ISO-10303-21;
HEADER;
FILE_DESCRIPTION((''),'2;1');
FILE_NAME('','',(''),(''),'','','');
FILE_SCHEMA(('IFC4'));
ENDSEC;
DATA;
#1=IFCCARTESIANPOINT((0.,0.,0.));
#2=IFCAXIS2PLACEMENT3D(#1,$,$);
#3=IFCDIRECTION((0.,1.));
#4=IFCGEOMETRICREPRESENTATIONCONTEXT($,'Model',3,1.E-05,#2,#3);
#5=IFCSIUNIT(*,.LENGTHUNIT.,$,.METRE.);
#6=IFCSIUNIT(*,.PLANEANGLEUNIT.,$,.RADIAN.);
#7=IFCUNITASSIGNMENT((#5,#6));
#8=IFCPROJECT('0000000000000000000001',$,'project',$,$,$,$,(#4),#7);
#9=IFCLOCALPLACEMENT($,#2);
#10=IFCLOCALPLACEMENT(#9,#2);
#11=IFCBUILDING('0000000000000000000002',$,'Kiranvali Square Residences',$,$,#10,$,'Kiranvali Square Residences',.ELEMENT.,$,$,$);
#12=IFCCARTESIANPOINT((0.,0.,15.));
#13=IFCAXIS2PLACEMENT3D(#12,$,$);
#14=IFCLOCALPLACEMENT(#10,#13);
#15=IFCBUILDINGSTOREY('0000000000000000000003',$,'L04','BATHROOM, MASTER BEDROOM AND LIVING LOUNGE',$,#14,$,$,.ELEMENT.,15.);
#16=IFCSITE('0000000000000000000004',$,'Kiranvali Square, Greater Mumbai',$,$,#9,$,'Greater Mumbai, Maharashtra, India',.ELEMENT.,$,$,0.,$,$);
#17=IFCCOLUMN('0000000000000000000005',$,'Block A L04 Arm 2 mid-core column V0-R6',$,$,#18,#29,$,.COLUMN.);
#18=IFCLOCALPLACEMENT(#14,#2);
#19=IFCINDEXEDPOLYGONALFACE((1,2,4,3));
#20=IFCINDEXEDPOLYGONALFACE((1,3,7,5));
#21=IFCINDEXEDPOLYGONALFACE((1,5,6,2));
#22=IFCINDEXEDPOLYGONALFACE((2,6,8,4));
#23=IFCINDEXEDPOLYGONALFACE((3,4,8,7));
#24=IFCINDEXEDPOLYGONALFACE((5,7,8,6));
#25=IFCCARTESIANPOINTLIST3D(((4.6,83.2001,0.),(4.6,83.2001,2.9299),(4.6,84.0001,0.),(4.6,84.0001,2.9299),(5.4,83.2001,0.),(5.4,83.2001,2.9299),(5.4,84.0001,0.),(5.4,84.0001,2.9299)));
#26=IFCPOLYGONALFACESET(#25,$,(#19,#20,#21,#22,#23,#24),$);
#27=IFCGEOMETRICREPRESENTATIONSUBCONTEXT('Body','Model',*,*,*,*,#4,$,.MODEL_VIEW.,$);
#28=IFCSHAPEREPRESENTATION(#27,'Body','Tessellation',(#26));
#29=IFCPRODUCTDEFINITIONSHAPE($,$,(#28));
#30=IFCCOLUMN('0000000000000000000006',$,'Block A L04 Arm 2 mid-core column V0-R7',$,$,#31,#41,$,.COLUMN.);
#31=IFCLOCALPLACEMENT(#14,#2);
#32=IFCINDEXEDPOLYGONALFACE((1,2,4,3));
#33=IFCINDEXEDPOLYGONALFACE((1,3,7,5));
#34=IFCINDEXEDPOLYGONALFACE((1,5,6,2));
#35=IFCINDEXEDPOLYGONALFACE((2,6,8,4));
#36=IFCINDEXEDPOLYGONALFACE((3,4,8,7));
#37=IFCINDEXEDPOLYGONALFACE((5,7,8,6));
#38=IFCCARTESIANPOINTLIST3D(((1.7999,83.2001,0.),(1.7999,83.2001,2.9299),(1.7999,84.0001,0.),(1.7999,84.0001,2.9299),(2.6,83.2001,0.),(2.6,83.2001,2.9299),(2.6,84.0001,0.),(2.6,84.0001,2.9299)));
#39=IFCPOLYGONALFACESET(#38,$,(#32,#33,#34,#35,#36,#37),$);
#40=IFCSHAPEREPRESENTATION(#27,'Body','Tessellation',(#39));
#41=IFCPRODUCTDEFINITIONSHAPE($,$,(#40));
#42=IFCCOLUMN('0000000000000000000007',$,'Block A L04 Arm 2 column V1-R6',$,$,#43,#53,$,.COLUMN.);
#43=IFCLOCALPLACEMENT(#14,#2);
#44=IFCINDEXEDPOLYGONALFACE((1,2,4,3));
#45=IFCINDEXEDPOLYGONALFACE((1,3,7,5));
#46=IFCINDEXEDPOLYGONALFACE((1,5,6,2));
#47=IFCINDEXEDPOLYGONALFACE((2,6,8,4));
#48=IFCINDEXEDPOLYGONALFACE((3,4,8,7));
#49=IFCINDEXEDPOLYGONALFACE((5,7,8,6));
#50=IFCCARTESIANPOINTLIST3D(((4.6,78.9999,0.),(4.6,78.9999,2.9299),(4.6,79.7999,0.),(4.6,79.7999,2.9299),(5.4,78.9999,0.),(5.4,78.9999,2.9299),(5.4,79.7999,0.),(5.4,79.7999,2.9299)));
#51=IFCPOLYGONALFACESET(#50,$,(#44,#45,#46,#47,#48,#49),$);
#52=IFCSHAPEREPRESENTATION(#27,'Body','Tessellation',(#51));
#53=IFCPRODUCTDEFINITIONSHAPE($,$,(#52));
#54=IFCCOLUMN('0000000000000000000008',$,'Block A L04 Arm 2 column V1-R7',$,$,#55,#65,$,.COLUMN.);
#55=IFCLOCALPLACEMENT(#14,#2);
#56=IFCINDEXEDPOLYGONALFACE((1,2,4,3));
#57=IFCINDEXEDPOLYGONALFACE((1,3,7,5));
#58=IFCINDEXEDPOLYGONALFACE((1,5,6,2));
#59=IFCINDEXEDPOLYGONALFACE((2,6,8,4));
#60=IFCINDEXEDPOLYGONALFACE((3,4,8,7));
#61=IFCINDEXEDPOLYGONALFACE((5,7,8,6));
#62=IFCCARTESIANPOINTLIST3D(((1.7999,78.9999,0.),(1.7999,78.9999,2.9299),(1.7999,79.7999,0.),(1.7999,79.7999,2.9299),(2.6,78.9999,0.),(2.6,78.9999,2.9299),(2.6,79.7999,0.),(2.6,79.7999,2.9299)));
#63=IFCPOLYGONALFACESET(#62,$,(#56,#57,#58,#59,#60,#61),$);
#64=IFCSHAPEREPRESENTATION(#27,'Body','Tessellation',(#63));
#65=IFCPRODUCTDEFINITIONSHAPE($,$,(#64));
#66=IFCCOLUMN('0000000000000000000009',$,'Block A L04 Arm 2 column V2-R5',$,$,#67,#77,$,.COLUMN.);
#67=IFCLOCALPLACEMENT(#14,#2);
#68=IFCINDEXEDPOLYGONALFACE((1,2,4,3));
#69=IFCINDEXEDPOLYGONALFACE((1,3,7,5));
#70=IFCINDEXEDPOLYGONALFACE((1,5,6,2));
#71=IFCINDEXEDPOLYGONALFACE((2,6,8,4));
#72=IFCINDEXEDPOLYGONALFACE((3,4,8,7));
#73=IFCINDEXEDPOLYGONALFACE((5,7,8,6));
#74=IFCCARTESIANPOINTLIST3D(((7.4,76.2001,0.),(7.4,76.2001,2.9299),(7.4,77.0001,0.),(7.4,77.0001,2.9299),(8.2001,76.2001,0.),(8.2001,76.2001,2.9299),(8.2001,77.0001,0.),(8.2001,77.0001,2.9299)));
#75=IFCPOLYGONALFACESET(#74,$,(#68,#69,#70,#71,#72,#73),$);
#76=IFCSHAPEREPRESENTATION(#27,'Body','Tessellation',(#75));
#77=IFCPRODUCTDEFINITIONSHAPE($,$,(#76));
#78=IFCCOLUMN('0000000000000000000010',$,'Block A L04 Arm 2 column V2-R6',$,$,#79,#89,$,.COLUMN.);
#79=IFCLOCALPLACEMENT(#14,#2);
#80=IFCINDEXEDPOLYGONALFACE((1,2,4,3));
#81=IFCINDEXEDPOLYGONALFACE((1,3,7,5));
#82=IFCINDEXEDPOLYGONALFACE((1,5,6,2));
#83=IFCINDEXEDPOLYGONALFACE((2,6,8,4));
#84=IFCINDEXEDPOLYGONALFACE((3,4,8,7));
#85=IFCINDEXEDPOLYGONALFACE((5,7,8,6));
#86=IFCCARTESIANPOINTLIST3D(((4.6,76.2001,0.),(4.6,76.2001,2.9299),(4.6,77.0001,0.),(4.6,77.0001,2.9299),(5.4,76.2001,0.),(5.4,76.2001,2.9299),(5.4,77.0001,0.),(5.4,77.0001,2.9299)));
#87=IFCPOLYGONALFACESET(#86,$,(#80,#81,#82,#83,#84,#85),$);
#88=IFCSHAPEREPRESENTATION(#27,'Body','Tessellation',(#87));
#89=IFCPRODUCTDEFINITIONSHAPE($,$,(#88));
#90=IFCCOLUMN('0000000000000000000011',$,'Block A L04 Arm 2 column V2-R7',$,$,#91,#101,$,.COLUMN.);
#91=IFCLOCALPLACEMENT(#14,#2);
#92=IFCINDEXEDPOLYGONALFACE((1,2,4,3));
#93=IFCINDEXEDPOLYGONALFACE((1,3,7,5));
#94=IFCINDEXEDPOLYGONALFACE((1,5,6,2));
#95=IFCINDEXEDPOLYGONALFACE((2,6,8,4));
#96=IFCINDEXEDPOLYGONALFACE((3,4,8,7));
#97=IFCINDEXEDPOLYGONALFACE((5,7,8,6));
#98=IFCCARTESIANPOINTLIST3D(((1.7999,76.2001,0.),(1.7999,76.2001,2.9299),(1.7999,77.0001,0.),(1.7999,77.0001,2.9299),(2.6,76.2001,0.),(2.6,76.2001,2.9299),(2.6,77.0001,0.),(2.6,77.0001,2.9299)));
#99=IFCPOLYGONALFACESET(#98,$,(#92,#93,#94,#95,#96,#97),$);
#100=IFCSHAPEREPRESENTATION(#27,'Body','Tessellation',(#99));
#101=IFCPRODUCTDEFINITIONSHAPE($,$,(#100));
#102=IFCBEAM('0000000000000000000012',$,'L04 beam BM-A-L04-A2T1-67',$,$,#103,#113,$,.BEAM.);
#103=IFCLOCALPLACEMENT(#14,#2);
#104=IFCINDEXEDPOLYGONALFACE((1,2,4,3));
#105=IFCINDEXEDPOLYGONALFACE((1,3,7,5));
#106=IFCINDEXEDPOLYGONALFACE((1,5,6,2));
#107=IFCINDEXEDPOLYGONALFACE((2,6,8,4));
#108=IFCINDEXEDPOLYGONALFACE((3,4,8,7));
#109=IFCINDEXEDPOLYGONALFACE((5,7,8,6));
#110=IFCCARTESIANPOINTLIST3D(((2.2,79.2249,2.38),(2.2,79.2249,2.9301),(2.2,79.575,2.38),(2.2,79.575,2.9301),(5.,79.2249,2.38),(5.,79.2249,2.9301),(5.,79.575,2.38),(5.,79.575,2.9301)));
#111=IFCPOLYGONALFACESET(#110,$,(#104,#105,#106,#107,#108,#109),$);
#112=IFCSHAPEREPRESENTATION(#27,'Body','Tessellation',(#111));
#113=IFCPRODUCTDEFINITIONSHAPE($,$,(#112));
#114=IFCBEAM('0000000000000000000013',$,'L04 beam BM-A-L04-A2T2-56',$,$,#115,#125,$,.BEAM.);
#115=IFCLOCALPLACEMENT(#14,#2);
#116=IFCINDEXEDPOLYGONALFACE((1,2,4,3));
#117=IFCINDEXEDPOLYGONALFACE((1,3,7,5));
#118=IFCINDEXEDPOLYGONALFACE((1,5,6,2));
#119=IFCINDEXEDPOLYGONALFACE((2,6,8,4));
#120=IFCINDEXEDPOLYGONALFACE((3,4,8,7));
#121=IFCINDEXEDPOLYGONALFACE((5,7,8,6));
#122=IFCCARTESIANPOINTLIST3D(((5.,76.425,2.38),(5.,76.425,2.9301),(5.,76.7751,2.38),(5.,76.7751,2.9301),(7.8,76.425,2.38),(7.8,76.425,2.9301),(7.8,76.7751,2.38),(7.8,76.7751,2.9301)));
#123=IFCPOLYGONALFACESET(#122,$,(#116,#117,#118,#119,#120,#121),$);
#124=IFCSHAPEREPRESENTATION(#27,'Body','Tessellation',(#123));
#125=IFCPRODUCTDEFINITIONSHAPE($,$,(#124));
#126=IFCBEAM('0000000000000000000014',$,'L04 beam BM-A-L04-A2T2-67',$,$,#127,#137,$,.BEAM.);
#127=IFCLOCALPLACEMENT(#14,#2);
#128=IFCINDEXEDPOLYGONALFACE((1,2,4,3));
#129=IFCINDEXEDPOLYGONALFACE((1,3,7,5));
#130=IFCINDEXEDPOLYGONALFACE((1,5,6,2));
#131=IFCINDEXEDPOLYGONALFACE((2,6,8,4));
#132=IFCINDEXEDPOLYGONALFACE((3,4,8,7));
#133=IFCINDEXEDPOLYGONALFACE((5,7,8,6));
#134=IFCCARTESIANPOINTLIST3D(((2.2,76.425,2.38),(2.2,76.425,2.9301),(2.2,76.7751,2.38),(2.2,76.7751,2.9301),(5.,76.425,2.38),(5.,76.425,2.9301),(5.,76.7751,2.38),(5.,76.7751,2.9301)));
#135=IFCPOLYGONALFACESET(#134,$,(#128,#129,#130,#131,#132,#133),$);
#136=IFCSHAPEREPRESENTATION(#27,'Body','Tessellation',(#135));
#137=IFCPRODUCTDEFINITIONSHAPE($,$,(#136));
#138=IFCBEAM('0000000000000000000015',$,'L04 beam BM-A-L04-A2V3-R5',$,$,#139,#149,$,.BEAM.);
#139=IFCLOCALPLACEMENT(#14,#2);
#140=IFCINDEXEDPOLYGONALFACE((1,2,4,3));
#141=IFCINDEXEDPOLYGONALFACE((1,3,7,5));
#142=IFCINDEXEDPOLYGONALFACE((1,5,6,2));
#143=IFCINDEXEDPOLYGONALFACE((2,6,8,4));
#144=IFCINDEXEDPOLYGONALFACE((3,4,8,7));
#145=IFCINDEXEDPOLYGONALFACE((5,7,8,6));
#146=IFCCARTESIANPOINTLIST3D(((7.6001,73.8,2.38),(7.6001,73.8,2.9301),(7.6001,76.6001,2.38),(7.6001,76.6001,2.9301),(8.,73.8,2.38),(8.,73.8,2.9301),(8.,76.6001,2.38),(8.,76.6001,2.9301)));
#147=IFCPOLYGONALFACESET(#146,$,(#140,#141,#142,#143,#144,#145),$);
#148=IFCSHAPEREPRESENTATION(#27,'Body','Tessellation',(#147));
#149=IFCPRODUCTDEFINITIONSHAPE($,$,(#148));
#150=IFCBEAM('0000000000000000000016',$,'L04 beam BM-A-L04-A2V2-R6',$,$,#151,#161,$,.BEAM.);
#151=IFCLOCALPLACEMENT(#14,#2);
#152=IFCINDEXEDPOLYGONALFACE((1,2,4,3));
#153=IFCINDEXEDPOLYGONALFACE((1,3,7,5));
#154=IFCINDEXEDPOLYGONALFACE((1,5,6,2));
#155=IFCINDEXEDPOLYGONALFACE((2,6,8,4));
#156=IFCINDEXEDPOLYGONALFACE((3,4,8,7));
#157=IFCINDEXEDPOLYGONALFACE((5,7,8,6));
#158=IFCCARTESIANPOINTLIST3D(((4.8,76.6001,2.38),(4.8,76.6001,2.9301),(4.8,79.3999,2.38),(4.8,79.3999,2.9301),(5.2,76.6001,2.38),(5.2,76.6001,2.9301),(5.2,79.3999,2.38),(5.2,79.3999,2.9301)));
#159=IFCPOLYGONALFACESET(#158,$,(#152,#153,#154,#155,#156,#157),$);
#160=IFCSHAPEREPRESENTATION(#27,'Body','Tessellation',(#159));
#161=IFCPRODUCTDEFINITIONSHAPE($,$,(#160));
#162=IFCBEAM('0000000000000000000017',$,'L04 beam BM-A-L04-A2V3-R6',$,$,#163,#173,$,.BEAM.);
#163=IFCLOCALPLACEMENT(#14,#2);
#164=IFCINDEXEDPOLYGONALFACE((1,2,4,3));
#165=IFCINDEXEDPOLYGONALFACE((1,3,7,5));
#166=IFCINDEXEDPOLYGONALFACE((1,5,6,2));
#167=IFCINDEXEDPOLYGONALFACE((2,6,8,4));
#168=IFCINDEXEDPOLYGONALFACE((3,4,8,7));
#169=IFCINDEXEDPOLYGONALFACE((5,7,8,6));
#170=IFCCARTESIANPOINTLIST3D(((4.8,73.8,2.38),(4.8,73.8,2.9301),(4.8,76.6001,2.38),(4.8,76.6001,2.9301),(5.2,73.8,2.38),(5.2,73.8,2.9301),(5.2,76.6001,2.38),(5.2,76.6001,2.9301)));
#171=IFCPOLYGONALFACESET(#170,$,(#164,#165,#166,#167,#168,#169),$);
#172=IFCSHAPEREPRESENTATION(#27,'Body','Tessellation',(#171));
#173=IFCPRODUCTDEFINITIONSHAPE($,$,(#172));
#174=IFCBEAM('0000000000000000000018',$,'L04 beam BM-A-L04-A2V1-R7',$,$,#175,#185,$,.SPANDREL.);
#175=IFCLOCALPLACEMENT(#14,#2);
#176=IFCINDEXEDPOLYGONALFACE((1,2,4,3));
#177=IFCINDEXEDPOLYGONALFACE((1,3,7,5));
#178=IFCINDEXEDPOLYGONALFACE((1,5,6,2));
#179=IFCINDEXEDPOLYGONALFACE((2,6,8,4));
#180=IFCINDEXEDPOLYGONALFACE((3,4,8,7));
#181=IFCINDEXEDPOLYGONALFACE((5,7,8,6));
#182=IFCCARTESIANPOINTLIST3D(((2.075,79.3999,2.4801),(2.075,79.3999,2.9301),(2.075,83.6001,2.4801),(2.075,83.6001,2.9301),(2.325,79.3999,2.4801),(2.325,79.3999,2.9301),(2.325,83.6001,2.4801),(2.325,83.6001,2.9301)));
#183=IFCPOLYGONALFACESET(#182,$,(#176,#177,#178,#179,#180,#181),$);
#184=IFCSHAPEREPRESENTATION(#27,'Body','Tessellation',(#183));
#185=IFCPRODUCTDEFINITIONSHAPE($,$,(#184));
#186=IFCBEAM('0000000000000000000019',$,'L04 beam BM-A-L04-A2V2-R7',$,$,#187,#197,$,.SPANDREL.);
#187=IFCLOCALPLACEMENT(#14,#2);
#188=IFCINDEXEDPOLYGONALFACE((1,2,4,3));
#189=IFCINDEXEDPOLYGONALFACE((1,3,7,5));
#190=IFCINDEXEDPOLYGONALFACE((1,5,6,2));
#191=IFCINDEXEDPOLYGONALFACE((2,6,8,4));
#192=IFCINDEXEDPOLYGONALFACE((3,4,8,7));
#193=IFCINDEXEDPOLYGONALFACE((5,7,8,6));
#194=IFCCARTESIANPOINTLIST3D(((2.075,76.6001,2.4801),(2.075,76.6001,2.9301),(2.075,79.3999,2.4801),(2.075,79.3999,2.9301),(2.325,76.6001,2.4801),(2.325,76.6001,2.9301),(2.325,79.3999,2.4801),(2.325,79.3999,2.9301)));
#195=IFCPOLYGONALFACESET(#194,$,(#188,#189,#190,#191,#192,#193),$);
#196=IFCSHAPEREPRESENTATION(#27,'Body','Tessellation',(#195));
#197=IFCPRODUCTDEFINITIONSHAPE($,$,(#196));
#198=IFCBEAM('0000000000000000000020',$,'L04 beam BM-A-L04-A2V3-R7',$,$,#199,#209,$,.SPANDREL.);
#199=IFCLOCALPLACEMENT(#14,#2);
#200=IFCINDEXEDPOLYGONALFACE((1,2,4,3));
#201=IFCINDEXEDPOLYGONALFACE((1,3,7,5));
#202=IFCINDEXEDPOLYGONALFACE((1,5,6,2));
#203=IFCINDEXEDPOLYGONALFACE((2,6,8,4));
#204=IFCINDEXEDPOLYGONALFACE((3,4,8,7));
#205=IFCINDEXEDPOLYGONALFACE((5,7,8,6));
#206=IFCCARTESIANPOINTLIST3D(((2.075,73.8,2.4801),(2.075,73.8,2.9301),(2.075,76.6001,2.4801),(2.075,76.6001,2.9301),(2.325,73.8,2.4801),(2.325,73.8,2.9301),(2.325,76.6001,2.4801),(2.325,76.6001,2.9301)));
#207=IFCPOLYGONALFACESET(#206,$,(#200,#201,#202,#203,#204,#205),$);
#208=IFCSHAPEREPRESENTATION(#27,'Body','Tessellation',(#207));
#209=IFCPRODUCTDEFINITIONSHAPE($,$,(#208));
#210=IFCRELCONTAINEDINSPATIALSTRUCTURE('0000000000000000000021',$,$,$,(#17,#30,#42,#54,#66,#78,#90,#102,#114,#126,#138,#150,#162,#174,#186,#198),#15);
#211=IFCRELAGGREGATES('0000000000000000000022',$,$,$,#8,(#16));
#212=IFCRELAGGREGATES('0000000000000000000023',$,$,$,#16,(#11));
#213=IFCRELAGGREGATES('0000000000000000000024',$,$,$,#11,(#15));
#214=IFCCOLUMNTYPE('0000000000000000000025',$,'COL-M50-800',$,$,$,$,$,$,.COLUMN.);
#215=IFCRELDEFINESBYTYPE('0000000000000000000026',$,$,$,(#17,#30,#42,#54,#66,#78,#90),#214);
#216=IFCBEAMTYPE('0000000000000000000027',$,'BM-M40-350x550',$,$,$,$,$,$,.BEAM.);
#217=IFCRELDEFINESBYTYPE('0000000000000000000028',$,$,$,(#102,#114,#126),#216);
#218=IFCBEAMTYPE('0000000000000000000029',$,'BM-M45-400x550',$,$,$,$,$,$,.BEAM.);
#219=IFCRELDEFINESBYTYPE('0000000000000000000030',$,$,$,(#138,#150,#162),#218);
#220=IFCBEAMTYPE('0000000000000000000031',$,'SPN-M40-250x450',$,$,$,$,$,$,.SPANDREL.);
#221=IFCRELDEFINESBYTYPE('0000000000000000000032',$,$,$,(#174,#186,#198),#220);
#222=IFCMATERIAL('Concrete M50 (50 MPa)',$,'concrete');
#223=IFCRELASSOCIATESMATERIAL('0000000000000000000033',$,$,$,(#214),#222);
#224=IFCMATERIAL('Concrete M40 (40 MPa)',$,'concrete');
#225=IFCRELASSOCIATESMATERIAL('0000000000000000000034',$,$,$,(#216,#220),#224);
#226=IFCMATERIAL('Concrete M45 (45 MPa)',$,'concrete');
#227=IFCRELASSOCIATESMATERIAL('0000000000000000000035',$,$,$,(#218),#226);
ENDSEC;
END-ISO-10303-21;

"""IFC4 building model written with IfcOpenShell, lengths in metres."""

from ifc_helpers import new_model, si_unit, direction, frame, origin, origin_2d, place, context, subcontext, project, spatial, rectangle, extrude, material, material_profile, profile_set, type_object, element, save


model = new_model("IFC4")

# Units and contexts
model_context = context("Model", 3, precision=1e-05, world=origin(), true_north=direction((0.0, 1.0)))
body_context = subcontext(model_context, "Body", "Model", "MODEL_VIEW")
ifc_project = project(units=[si_unit("LENGTHUNIT", "METRE"), si_unit("PLANEANGLEUNIT", "RADIAN")], contexts=[model_context])

# Site, building, storey
site_placement = place(None, origin())
site = spatial("IfcSite", under=ifc_project, at=site_placement, Name="Kiranvali Square, Greater Mumbai", LongName="Greater Mumbai, Maharashtra, India", CompositionType="ELEMENT", RefElevation=0.0)
building_placement = place(site_placement, origin())
building = spatial("IfcBuilding", under=site, at=building_placement, Name="Kiranvali Square Residences", LongName="Kiranvali Square Residences", CompositionType="ELEMENT")
storey_placement = place(building_placement, frame((0.0, 0.0, 15.0)))
storey = spatial("IfcBuildingStorey", under=building, at=storey_placement, Name="L04", Description="BATHROOM, MASTER BEDROOM AND LIVING LOUNGE", CompositionType="ELEMENT", Elevation=15.0)

# Columns
ifc_material_1 = material(Name="Concrete M50 (50 MPa)", Category="concrete")
ifc_material_profile_1 = material_profile(ifc_material_1, rectangle(XDim=0.8, YDim=0.8, at=origin_2d()), Name="RC 800x800")
ifc_profile_set_1 = profile_set([ifc_material_profile_1], Name="Concrete M50 (50 MPa)")
column_type = type_object("IfcColumnType", Name="COL-M50-800", PredefinedType="COLUMN", material=ifc_profile_set_1)
for number, where, z_axis, x_axis, name in (
    (1, (5.0, 83.6001, 0.0), (0.0, 0.0, 1.0), (1.0, 0.0, 0.0), "Block A L04 Arm 2 mid-core column V0-R6"),
    (2, (2.2, 83.6001, 0.0), (0.0, 0.0, 1.0), (1.0, 0.0, 0.0), "Block A L04 Arm 2 mid-core column V0-R7"),
    (3, (5.0, 79.3999, 0.0), (0.0, 0.0, 1.0), (1.0, 0.0, 0.0), "Block A L04 Arm 2 column V1-R6"),
    (4, (2.2, 79.3999, 0.0), (0.0, 0.0, 1.0), (1.0, 0.0, 0.0), "Block A L04 Arm 2 column V1-R7"),
    (5, (7.8, 76.6001, 0.0), (0.0, 0.0, 1.0), (1.0, 0.0, 0.0), "Block A L04 Arm 2 column V2-R5"),
    (6, (5.0, 76.6001, 0.0), (0.0, 0.0, 1.0), (1.0, 0.0, 0.0), "Block A L04 Arm 2 column V2-R6"),
    (7, (2.2, 76.6001, 0.0), (0.0, 0.0, 1.0), (1.0, 0.0, 0.0), "Block A L04 Arm 2 column V2-R7"),
):
    element("IfcColumn", number, at=place(storey_placement, frame(where, z_axis=z_axis, x_axis=x_axis)), inside=storey, type_object=column_type, Name=name, PredefinedType="COLUMN", context=body_context, shape_type="SweptSolid", body=[
        extrude(rectangle(XDim=0.8, YDim=0.8, at=origin_2d()), origin(), (0.0, 0.0, 1.0), 2.9299),
    ])

# Beams
ifc_material_2 = material(Name="Concrete M40 (40 MPa)", Category="concrete")
ifc_material_profile_2 = material_profile(ifc_material_2, rectangle(XDim=0.3501, YDim=0.55, at=origin_2d()), Name="RC 350x550")
ifc_profile_set_2 = profile_set([ifc_material_profile_2], Name="Concrete M40 (40 MPa)")
beam_type_1 = type_object("IfcBeamType", Name="BM-M40-350x550", PredefinedType="BEAM", material=ifc_profile_set_2)
for number, where, z_axis, x_axis, name in (
    (8, (5.0, 79.3999, 2.655), (-1.0, 0.0, 0.0), (0.0, -1.0, 0.0), "L04 beam BM-A-L04-A2T1-67"),
    (9, (7.8, 76.6001, 2.655), (-1.0, 0.0, 0.0), (0.0, -1.0, 0.0), "L04 beam BM-A-L04-A2T2-56"),
    (10, (5.0, 76.6001, 2.655), (-1.0, 0.0, 0.0), (0.0, -1.0, 0.0), "L04 beam BM-A-L04-A2T2-67"),
):
    element("IfcBeam", number, at=place(storey_placement, frame(where, z_axis=z_axis, x_axis=x_axis)), inside=storey, type_object=beam_type_1, Name=name, PredefinedType="BEAM", context=body_context, shape_type="SweptSolid", body=[
        extrude(rectangle(XDim=0.3501, YDim=0.55, at=origin_2d()), origin(), (0.0, 0.0, 1.0), 2.8),
    ])
ifc_material_3 = material(Name="Concrete M45 (45 MPa)", Category="concrete")
ifc_material_profile_3 = material_profile(ifc_material_3, rectangle(XDim=0.3999, YDim=0.55, at=origin_2d()), Name="RC 400x550")
ifc_profile_set_3 = profile_set([ifc_material_profile_3], Name="Concrete M45 (45 MPa)")
beam_type_2 = type_object("IfcBeamType", Name="BM-M45-400x550", PredefinedType="BEAM", material=ifc_profile_set_3)
beam_1_placement = place(storey_placement, frame((7.8, 76.6001, 2.655), z_axis=(0.0, -1.0, 0.0), x_axis=(1.0, 0.0, 0.0)))
element("IfcBeam", 11, at=beam_1_placement, inside=storey, type_object=beam_type_2, Name="L04 beam BM-A-L04-A2V3-R5", PredefinedType="BEAM", context=body_context, shape_type="SweptSolid", body=[
    extrude(rectangle(XDim=0.3999, YDim=0.55, at=origin_2d()), origin(), (0.0, 0.0, 1.0), 2.8),
])
beam_2_placement = place(storey_placement, frame((5.0, 79.3999, 2.655), z_axis=(0.0, -1.0, 0.0), x_axis=(1.0, 0.0, 0.0)))
element("IfcBeam", 12, at=beam_2_placement, inside=storey, type_object=beam_type_2, Name="L04 beam BM-A-L04-A2V2-R6", PredefinedType="BEAM", context=body_context, shape_type="SweptSolid", body=[
    extrude(rectangle(XDim=0.3999, YDim=0.55, at=origin_2d()), origin(), (0.0, 0.0, 1.0), 2.7998),
])
beam_3_placement = place(storey_placement, frame((5.0, 76.6001, 2.655), z_axis=(0.0, -1.0, 0.0), x_axis=(1.0, 0.0, 0.0)))
element("IfcBeam", 13, at=beam_3_placement, inside=storey, type_object=beam_type_2, Name="L04 beam BM-A-L04-A2V3-R6", PredefinedType="BEAM", context=body_context, shape_type="SweptSolid", body=[
    extrude(rectangle(XDim=0.3999, YDim=0.55, at=origin_2d()), origin(), (0.0, 0.0, 1.0), 2.8),
])
ifc_material_profile_4 = material_profile(ifc_material_2, rectangle(XDim=0.25, YDim=0.45, at=origin_2d()), Name="RC 250x450")
ifc_profile_set_4 = profile_set([ifc_material_profile_4], Name="Concrete M40 (40 MPa)")
beam_type_3 = type_object("IfcBeamType", Name="SPN-M40-250x450", PredefinedType="SPANDREL", material=ifc_profile_set_4)
beam_4_placement = place(storey_placement, frame((2.2, 83.6001, 2.7051), z_axis=(0.0, -1.0, 0.0), x_axis=(1.0, 0.0, 0.0)))
element("IfcBeam", 14, at=beam_4_placement, inside=storey, type_object=beam_type_3, Name="L04 beam BM-A-L04-A2V1-R7", PredefinedType="SPANDREL", context=body_context, shape_type="SweptSolid", body=[
    extrude(rectangle(XDim=0.25, YDim=0.45, at=origin_2d()), origin(), (0.0, 0.0, 1.0), 4.2002),
])
beam_5_placement = place(storey_placement, frame((2.2, 79.3999, 2.7051), z_axis=(0.0, -1.0, 0.0), x_axis=(1.0, 0.0, 0.0)))
element("IfcBeam", 15, at=beam_5_placement, inside=storey, type_object=beam_type_3, Name="L04 beam BM-A-L04-A2V2-R7", PredefinedType="SPANDREL", context=body_context, shape_type="SweptSolid", body=[
    extrude(rectangle(XDim=0.25, YDim=0.45, at=origin_2d()), origin(), (0.0, 0.0, 1.0), 2.7998),
])
beam_6_placement = place(storey_placement, frame((2.2, 76.6001, 2.7051), z_axis=(0.0, -1.0, 0.0), x_axis=(1.0, 0.0, 0.0)))
element("IfcBeam", 16, at=beam_6_placement, inside=storey, type_object=beam_type_3, Name="L04 beam BM-A-L04-A2V3-R7", PredefinedType="SPANDREL", context=body_context, shape_type="SweptSolid", body=[
    extrude(rectangle(XDim=0.25, YDim=0.45, at=origin_2d()), origin(), (0.0, 0.0, 1.0), 2.8),
])

save(model, "model.ifc")
